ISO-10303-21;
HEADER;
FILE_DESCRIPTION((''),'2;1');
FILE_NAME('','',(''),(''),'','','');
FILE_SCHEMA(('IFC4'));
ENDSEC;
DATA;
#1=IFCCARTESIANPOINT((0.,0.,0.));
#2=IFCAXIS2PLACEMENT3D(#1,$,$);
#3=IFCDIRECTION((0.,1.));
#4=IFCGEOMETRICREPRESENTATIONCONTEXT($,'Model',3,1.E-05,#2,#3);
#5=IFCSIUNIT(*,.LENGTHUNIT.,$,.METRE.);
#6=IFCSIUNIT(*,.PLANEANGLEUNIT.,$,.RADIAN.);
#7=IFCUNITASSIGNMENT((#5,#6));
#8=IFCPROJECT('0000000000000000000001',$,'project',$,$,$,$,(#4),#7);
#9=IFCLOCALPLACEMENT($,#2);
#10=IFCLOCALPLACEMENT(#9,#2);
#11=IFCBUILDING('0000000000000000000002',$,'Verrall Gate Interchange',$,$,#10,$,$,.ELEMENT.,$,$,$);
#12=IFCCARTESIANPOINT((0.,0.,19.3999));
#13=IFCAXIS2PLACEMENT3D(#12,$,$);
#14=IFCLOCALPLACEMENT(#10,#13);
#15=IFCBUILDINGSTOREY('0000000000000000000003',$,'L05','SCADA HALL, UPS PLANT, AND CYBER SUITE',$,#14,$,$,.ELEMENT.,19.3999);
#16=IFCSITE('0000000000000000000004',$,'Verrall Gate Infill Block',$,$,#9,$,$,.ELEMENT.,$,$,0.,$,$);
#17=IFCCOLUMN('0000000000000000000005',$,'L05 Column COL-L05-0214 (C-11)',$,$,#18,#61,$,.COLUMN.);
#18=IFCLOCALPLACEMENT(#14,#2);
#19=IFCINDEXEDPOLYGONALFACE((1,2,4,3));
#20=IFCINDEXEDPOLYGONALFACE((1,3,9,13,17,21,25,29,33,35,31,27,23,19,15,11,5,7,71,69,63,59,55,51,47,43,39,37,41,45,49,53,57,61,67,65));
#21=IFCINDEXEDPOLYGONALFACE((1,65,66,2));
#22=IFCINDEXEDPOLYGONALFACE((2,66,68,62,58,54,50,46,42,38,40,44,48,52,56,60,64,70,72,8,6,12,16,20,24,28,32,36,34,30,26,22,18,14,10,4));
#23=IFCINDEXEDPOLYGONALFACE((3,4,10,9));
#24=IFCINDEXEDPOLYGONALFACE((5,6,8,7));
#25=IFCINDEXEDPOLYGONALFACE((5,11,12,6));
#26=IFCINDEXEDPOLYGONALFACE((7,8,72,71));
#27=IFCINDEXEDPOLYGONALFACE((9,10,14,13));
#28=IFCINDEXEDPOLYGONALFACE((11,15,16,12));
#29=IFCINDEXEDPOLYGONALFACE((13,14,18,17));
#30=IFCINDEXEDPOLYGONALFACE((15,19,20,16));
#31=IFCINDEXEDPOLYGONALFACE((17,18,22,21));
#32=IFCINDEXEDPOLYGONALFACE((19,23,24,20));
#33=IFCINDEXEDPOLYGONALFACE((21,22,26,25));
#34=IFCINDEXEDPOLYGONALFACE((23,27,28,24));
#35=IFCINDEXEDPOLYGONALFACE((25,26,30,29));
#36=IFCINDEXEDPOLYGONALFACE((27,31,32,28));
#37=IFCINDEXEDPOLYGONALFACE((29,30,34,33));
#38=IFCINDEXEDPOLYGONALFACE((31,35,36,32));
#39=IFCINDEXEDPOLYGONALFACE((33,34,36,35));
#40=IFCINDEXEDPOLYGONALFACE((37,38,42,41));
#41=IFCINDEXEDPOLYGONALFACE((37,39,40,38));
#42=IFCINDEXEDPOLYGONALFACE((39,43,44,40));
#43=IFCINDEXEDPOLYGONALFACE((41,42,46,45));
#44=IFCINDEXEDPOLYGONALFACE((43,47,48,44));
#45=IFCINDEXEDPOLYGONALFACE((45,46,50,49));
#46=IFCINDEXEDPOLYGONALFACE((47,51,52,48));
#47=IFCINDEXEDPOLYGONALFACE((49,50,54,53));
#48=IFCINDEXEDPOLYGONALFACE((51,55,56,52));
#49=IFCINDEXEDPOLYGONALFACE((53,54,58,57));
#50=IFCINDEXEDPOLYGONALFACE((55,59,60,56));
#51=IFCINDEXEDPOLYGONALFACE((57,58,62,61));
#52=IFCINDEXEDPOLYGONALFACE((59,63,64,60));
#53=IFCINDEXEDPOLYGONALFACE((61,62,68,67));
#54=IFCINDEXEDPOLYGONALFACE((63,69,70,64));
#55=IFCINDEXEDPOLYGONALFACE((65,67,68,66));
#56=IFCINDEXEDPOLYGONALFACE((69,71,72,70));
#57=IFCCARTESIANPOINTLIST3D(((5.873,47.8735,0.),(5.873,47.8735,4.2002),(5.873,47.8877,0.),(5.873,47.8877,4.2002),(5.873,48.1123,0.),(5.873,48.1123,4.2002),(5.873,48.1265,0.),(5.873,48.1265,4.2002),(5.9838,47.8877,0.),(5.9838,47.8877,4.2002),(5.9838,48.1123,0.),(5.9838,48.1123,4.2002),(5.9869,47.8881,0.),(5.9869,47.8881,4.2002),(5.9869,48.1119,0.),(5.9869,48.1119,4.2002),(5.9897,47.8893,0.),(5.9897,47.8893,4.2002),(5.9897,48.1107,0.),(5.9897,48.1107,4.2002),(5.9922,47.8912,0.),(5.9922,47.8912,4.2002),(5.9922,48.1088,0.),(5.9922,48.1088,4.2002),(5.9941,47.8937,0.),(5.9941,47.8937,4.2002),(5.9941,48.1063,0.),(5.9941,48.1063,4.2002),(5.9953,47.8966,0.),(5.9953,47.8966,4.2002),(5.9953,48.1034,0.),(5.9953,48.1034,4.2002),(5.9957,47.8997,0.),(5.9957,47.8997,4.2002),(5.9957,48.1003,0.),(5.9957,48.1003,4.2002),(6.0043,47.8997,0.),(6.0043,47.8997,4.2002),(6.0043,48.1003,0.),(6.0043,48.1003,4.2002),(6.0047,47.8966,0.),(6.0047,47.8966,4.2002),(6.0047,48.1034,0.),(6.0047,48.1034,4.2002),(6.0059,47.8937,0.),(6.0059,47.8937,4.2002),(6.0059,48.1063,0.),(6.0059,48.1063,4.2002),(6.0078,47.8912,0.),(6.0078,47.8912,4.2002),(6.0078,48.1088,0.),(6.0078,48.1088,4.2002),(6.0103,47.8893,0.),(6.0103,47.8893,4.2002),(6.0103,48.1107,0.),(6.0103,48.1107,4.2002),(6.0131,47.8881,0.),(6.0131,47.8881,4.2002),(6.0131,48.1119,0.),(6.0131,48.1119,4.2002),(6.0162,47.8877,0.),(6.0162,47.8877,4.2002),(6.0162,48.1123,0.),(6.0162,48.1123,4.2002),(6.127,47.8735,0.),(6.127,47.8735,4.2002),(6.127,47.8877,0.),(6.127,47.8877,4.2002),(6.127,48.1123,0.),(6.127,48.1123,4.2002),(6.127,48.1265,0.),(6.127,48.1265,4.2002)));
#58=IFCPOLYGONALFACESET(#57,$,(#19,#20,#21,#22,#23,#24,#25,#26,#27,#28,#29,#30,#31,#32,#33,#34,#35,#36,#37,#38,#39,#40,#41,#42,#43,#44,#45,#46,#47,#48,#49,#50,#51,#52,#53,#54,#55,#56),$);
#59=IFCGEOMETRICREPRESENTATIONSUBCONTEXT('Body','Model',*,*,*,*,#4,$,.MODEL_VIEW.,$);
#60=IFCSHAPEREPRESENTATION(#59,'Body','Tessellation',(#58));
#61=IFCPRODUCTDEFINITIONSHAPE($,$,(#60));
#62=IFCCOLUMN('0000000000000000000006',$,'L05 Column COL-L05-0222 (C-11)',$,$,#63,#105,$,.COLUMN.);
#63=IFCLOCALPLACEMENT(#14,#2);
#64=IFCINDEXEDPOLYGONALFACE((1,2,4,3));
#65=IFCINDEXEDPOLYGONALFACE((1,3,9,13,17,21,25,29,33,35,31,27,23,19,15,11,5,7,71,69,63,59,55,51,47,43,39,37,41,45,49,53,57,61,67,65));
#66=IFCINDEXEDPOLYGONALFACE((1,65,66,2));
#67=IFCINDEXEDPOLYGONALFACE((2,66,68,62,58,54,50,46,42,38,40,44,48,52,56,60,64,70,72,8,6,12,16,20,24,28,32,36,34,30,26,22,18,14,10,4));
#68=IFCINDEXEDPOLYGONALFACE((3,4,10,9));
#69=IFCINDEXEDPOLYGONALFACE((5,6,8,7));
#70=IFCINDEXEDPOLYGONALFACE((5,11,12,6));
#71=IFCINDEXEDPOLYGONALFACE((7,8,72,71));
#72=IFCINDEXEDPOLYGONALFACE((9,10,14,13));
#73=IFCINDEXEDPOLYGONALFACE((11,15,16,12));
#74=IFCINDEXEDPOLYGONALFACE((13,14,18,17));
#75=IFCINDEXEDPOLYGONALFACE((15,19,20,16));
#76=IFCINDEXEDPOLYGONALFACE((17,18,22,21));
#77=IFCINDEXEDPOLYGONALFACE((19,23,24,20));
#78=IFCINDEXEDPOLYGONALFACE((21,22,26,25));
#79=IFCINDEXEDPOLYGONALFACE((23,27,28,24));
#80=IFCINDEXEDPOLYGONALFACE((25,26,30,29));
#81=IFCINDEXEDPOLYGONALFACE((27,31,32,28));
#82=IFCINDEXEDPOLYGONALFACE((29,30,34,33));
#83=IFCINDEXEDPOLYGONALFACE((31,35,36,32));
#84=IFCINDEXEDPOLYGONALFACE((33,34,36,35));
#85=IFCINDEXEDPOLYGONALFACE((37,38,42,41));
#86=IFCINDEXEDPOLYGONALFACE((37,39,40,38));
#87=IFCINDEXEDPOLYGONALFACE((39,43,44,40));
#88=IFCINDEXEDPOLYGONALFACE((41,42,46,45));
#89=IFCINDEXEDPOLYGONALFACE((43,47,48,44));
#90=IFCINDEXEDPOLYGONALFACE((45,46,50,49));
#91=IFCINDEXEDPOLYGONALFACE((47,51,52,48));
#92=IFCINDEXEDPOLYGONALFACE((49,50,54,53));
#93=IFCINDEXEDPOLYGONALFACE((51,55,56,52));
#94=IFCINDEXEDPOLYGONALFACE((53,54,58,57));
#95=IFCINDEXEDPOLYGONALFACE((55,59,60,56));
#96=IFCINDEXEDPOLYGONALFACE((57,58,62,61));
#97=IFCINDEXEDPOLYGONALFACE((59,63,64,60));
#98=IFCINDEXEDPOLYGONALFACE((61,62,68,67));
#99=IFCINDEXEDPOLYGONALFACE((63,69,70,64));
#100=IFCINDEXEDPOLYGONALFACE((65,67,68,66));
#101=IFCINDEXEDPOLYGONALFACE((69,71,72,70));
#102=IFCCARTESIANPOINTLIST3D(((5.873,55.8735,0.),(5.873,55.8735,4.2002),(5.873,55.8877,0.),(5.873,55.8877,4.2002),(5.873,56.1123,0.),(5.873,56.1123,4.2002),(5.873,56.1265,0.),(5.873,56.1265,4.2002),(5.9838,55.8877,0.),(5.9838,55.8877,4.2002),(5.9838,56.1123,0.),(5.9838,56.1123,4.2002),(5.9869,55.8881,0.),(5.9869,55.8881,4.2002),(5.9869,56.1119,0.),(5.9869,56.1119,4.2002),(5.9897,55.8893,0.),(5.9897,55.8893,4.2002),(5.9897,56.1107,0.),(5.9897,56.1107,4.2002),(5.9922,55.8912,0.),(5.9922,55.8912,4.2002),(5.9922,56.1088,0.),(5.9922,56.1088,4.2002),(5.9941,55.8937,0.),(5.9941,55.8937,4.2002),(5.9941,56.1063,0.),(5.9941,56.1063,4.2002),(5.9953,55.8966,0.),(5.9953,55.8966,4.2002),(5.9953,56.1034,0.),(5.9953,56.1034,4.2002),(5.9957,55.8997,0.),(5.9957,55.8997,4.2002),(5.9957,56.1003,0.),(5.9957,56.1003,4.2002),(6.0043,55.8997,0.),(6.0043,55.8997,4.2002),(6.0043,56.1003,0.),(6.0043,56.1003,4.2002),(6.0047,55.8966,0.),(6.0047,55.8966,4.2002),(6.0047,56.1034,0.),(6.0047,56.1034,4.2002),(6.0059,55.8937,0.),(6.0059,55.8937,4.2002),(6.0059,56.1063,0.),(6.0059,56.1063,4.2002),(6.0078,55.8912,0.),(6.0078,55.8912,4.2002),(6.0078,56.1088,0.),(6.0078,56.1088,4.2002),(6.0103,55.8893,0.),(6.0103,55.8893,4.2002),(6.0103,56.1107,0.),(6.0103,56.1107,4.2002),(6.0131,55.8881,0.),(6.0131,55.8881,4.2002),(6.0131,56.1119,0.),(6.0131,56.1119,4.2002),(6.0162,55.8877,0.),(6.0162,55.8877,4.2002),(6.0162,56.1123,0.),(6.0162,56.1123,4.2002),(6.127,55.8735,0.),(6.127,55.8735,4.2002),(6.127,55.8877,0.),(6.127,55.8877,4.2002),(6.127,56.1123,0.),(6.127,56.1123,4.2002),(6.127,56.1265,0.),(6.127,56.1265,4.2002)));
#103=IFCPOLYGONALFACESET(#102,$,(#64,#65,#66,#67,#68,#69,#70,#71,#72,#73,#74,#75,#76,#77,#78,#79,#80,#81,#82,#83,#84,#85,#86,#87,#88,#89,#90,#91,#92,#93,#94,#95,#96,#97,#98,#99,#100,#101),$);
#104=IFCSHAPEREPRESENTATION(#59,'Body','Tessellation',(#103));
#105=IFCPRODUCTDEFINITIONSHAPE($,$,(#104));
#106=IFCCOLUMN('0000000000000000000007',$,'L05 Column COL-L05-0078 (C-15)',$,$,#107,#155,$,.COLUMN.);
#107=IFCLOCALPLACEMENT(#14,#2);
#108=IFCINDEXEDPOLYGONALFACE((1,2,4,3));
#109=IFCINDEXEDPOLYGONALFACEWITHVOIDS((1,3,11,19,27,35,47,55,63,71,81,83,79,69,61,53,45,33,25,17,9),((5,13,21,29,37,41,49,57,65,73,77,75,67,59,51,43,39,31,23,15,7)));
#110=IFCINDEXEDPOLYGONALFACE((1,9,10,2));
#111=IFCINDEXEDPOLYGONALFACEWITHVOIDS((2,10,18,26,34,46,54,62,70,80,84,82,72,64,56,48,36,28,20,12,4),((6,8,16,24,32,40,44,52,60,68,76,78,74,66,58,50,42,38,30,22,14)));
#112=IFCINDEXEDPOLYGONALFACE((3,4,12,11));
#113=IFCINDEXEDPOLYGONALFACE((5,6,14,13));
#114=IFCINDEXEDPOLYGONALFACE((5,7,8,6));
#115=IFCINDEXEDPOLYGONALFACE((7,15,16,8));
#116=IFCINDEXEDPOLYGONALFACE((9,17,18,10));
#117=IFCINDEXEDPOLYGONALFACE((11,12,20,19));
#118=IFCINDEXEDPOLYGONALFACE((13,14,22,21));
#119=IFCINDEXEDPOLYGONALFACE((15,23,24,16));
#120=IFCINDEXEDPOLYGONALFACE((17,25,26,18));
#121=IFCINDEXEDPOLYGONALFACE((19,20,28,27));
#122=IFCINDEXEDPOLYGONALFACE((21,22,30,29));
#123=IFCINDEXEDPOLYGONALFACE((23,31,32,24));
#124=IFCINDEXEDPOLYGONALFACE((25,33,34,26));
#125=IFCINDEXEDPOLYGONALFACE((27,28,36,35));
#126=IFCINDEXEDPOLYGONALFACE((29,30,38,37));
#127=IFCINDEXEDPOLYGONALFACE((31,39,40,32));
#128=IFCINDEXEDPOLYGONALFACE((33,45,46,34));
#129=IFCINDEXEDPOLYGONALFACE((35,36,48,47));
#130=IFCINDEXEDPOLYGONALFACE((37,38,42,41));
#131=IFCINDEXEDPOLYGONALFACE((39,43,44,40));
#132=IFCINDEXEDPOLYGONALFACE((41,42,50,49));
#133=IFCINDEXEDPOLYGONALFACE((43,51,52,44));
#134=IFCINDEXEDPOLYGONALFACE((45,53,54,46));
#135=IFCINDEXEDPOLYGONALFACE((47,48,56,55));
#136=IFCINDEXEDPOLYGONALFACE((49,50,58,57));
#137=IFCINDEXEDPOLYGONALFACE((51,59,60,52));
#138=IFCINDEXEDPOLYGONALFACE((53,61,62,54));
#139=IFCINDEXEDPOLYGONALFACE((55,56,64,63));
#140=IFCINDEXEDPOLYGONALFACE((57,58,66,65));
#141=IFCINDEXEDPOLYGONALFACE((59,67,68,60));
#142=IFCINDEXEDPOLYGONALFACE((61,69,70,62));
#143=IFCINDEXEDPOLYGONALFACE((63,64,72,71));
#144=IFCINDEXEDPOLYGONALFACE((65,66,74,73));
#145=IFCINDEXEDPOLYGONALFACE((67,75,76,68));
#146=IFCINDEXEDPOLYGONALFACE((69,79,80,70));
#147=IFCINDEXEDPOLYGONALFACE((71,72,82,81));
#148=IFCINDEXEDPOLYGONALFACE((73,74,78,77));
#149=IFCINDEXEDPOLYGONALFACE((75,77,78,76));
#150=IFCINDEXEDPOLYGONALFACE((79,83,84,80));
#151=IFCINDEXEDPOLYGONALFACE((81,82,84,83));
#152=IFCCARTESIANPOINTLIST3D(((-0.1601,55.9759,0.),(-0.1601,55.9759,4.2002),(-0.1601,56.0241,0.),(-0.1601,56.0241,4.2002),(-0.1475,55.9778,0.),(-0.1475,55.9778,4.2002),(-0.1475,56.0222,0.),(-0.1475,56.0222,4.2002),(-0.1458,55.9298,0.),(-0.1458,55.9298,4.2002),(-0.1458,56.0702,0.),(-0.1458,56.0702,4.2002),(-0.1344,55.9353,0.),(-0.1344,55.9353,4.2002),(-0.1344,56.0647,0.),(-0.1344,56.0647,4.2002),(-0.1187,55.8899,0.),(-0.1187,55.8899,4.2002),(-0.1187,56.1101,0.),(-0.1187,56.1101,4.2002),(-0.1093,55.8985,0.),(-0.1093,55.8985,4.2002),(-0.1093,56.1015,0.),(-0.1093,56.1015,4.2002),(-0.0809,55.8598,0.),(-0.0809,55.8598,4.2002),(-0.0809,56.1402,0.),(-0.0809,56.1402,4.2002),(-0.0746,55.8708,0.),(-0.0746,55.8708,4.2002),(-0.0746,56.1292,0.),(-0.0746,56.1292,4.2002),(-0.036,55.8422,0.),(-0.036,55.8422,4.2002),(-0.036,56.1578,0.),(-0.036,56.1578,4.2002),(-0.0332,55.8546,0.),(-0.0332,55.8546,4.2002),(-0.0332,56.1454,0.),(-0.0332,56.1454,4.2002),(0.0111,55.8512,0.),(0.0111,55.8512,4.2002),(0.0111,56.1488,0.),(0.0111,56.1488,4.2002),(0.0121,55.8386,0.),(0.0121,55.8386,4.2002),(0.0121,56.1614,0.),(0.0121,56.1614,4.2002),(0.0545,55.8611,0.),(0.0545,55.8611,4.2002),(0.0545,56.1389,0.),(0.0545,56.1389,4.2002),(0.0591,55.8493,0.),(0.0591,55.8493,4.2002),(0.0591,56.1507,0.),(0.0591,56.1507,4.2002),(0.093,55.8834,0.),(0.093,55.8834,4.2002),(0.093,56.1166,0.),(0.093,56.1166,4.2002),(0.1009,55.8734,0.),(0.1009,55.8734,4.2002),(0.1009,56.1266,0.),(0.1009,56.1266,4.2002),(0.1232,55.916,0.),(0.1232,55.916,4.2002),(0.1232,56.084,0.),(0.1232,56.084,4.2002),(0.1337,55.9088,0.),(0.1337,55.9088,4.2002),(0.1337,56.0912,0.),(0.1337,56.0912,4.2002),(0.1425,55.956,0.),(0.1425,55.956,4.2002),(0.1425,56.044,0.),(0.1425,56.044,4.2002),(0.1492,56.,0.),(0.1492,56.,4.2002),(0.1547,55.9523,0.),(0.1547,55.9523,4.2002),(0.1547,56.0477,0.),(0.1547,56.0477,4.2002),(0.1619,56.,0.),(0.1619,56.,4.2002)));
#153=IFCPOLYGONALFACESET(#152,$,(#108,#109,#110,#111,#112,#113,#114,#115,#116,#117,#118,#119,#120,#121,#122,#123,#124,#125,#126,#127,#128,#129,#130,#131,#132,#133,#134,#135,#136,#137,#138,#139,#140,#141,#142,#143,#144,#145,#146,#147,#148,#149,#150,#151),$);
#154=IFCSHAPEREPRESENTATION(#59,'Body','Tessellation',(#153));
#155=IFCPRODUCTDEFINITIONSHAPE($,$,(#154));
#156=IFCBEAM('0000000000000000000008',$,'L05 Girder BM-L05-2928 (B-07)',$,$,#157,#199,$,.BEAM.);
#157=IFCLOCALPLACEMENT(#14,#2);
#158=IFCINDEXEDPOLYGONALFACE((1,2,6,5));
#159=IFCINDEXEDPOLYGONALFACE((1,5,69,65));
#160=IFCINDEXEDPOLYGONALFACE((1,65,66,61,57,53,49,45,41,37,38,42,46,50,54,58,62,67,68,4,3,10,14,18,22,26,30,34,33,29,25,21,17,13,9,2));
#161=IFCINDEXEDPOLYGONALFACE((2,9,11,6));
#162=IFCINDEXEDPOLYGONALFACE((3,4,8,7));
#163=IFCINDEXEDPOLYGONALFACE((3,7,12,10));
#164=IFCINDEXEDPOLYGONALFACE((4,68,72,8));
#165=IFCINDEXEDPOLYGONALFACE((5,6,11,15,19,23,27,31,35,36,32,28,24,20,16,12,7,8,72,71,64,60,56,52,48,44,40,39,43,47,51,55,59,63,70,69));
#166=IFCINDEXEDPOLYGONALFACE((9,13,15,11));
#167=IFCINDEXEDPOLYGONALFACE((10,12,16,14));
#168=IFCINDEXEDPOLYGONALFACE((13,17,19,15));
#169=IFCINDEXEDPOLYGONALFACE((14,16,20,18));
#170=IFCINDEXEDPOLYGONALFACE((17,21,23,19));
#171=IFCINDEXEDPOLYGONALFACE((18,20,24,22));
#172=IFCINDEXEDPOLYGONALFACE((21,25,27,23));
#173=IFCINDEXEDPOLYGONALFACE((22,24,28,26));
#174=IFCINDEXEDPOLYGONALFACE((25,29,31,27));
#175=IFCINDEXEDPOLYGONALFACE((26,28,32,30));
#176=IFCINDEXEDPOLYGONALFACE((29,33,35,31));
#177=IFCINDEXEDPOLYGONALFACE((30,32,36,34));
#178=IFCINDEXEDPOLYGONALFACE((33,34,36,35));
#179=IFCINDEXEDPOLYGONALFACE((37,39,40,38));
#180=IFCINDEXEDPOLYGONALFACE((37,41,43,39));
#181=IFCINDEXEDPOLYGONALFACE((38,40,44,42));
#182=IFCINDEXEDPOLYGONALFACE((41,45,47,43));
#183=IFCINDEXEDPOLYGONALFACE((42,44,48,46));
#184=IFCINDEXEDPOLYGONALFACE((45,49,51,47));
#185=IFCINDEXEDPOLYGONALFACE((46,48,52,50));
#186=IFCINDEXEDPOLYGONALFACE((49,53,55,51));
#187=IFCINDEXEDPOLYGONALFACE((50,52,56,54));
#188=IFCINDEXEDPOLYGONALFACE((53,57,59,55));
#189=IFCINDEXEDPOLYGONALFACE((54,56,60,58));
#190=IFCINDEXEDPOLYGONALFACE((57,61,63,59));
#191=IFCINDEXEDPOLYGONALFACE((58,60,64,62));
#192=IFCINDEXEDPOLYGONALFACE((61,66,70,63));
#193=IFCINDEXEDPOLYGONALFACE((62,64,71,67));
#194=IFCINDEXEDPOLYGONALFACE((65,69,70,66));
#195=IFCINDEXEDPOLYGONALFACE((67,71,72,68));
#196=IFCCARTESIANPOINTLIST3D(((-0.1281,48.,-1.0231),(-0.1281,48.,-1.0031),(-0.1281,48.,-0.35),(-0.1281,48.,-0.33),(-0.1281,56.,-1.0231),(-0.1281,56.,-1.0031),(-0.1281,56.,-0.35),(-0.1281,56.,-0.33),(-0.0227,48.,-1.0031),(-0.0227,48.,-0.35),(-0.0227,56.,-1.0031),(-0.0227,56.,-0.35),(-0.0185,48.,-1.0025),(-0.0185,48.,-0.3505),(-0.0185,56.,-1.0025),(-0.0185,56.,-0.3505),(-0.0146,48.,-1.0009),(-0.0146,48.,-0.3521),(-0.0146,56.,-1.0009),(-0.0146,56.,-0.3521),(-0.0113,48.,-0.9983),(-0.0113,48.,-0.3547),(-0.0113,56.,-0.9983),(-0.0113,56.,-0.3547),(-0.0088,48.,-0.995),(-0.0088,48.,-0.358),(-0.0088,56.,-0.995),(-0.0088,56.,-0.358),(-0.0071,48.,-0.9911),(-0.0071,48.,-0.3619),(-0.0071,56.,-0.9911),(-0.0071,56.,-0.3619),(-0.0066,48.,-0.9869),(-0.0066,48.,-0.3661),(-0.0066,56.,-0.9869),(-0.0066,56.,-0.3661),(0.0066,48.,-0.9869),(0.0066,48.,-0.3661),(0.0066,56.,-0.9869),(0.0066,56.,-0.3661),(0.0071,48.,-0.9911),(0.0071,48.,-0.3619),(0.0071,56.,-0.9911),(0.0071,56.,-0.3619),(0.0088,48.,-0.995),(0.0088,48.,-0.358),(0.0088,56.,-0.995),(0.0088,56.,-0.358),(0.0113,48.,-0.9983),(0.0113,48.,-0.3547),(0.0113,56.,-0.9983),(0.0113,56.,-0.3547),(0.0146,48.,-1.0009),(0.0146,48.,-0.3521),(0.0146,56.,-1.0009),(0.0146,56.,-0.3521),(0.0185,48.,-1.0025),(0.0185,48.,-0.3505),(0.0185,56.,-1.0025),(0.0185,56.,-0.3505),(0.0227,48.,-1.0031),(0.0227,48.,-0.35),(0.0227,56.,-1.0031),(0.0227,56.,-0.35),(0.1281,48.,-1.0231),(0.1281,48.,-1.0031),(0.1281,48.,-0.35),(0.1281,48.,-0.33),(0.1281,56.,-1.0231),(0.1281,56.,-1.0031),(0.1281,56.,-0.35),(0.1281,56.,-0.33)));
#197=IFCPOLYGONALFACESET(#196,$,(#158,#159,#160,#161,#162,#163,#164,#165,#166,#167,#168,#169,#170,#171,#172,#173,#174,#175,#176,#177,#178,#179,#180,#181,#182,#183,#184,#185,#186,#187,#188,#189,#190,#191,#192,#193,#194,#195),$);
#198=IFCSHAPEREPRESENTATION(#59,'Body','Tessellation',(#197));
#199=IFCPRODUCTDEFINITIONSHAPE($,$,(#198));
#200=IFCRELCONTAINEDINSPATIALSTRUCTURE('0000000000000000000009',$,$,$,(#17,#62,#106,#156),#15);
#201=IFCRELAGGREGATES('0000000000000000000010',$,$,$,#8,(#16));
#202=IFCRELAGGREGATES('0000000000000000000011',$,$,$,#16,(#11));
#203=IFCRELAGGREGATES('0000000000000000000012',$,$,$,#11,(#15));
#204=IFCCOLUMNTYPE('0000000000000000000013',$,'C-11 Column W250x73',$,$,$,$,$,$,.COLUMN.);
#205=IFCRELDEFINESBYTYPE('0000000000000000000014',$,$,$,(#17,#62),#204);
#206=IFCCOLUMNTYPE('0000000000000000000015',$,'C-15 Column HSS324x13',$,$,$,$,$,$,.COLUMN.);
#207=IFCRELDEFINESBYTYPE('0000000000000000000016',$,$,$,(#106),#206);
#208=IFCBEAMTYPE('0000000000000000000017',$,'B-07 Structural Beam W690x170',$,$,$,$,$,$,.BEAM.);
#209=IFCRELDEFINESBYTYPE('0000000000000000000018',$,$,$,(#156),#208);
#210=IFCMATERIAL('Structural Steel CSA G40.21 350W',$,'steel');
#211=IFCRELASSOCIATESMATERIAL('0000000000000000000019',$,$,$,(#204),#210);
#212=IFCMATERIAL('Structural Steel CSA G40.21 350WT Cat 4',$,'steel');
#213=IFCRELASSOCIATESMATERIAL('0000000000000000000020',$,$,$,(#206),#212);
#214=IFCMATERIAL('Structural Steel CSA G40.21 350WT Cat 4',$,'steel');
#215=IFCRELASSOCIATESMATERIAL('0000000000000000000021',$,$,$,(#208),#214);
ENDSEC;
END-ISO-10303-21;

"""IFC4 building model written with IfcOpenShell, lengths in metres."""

from ifc_helpers import new_model, si_unit, direction, frame, origin, origin_2d, place, context, subcontext, project, spatial, hollow_circle, i_section, extrude, material, material_profile, profile_set, type_object, element, save


model = new_model("IFC4")

# Units and contexts
model_context = context("Model", 3, precision=1e-05, world=origin(), true_north=direction((0.0, 1.0)))
body_context = subcontext(model_context, "Body", "Model", "MODEL_VIEW")
ifc_project = project(units=[si_unit("LENGTHUNIT", "METRE"), si_unit("PLANEANGLEUNIT", "RADIAN")], contexts=[model_context])

# Site, building, storey
site_placement = place(None, origin())
site = spatial("IfcSite", under=ifc_project, at=site_placement, Name="Verrall Gate Infill Block", CompositionType="ELEMENT", RefElevation=0.0)
building_placement = place(site_placement, origin())
building = spatial("IfcBuilding", under=site, at=building_placement, Name="Verrall Gate Interchange", CompositionType="ELEMENT")
storey_placement = place(building_placement, frame((0.0, 0.0, 19.3999)))
storey = spatial("IfcBuildingStorey", under=building, at=storey_placement, Name="L05", Description="SCADA HALL, UPS PLANT, AND CYBER SUITE", CompositionType="ELEMENT", Elevation=19.3999)

# Columns
ifc_material_1 = material(Name="Structural Steel CSA G40.21 350W", Category="steel")
ifc_material_profile_1 = material_profile(ifc_material_1, i_section(OverallWidth=0.2539, OverallDepth=0.2529, WebThickness=0.0085, FlangeThickness=0.0142, FilletRadius=0.012, at=origin_2d()), Name="W250x73")
ifc_profile_set_1 = profile_set([ifc_material_profile_1], Name="Structural Steel CSA G40.21 350W")
column_type_1 = type_object("IfcColumnType", Name="C-11 Column W250x73", PredefinedType="COLUMN", material=ifc_profile_set_1)
for number, where, z_axis, x_axis, name in (
    (1, (6.0, 48.0, 0.0), (0.0, 0.0, 1.0), (1.0, 0.0, 0.0), "L05 Column COL-L05-0214 (C-11)"),
    (2, (6.0, 56.0, 0.0), (0.0, 0.0, 1.0), (1.0, 0.0, 0.0), "L05 Column COL-L05-0222 (C-11)"),
):
    element("IfcColumn", number, at=place(storey_placement, frame(where, z_axis=z_axis, x_axis=x_axis)), inside=storey, type_object=column_type_1, Name=name, PredefinedType="COLUMN", context=body_context, shape_type="SweptSolid", body=[
        extrude(i_section(OverallWidth=0.2539, OverallDepth=0.2529, WebThickness=0.0085, FlangeThickness=0.0142, FilletRadius=0.012, at=origin_2d()), origin(), (0.0, 0.0, 1.0), 4.2002),
    ])
ifc_material_2 = material(Name="Structural Steel CSA G40.21 350WT Cat 4", Category="steel")
ifc_material_profile_2 = material_profile(ifc_material_2, hollow_circle(Radius=0.1619, WallThickness=0.0127, at=origin_2d()), Name="HSS324x13")
ifc_profile_set_2 = profile_set([ifc_material_profile_2], Name="Structural Steel CSA G40.21 350WT Cat 4")
column_type_2 = type_object("IfcColumnType", Name="C-15 Column HSS324x13", PredefinedType="COLUMN", material=ifc_profile_set_2)
column_placement = place(storey_placement, frame((0.0, 56.0, 0.0), z_axis=(0.0, 0.0, 1.0), x_axis=(1.0, 0.0, 0.0)))
element("IfcColumn", 3, at=column_placement, inside=storey, type_object=column_type_2, Name="L05 Column COL-L05-0078 (C-15)", PredefinedType="COLUMN", context=body_context, shape_type="SweptSolid", body=[
    extrude(hollow_circle(Radius=0.1619, WallThickness=0.0127, at=origin_2d()), origin(), (0.0, 0.0, 1.0), 4.2002),
])

# Beam
ifc_material_3 = material(Name="Structural Steel CSA G40.21 350WT Cat 4", Category="steel")
ifc_material_profile_3 = material_profile(ifc_material_3, i_section(OverallWidth=0.2561, OverallDepth=0.6931, WebThickness=0.0132, FlangeThickness=0.02, FilletRadius=0.0161, at=origin_2d()), Name="W690x170")
ifc_profile_set_3 = profile_set([ifc_material_profile_3], Name="Structural Steel CSA G40.21 350WT Cat 4")
beam_type_1 = type_object("IfcBeamType", Name="B-07 Structural Beam W690x170", PredefinedType="BEAM", material=ifc_profile_set_3)
beam_1_placement = place(storey_placement, frame((0.0, 48.0, -0.6765), z_axis=(0.0, 1.0, 0.0), x_axis=(-1.0, 0.0, 0.0)))
element("IfcBeam", 4, at=beam_1_placement, inside=storey, type_object=beam_type_1, Name="L05 Girder BM-L05-2928 (B-07)", PredefinedType="BEAM", context=body_context, shape_type="SweptSolid", body=[
    extrude(i_section(OverallWidth=0.2561, OverallDepth=0.6931, WebThickness=0.0132, FlangeThickness=0.02, FilletRadius=0.0161, at=origin_2d()), origin(), (0.0, 0.0, 1.0), 8.0),
])

save(model, "model.ifc")
